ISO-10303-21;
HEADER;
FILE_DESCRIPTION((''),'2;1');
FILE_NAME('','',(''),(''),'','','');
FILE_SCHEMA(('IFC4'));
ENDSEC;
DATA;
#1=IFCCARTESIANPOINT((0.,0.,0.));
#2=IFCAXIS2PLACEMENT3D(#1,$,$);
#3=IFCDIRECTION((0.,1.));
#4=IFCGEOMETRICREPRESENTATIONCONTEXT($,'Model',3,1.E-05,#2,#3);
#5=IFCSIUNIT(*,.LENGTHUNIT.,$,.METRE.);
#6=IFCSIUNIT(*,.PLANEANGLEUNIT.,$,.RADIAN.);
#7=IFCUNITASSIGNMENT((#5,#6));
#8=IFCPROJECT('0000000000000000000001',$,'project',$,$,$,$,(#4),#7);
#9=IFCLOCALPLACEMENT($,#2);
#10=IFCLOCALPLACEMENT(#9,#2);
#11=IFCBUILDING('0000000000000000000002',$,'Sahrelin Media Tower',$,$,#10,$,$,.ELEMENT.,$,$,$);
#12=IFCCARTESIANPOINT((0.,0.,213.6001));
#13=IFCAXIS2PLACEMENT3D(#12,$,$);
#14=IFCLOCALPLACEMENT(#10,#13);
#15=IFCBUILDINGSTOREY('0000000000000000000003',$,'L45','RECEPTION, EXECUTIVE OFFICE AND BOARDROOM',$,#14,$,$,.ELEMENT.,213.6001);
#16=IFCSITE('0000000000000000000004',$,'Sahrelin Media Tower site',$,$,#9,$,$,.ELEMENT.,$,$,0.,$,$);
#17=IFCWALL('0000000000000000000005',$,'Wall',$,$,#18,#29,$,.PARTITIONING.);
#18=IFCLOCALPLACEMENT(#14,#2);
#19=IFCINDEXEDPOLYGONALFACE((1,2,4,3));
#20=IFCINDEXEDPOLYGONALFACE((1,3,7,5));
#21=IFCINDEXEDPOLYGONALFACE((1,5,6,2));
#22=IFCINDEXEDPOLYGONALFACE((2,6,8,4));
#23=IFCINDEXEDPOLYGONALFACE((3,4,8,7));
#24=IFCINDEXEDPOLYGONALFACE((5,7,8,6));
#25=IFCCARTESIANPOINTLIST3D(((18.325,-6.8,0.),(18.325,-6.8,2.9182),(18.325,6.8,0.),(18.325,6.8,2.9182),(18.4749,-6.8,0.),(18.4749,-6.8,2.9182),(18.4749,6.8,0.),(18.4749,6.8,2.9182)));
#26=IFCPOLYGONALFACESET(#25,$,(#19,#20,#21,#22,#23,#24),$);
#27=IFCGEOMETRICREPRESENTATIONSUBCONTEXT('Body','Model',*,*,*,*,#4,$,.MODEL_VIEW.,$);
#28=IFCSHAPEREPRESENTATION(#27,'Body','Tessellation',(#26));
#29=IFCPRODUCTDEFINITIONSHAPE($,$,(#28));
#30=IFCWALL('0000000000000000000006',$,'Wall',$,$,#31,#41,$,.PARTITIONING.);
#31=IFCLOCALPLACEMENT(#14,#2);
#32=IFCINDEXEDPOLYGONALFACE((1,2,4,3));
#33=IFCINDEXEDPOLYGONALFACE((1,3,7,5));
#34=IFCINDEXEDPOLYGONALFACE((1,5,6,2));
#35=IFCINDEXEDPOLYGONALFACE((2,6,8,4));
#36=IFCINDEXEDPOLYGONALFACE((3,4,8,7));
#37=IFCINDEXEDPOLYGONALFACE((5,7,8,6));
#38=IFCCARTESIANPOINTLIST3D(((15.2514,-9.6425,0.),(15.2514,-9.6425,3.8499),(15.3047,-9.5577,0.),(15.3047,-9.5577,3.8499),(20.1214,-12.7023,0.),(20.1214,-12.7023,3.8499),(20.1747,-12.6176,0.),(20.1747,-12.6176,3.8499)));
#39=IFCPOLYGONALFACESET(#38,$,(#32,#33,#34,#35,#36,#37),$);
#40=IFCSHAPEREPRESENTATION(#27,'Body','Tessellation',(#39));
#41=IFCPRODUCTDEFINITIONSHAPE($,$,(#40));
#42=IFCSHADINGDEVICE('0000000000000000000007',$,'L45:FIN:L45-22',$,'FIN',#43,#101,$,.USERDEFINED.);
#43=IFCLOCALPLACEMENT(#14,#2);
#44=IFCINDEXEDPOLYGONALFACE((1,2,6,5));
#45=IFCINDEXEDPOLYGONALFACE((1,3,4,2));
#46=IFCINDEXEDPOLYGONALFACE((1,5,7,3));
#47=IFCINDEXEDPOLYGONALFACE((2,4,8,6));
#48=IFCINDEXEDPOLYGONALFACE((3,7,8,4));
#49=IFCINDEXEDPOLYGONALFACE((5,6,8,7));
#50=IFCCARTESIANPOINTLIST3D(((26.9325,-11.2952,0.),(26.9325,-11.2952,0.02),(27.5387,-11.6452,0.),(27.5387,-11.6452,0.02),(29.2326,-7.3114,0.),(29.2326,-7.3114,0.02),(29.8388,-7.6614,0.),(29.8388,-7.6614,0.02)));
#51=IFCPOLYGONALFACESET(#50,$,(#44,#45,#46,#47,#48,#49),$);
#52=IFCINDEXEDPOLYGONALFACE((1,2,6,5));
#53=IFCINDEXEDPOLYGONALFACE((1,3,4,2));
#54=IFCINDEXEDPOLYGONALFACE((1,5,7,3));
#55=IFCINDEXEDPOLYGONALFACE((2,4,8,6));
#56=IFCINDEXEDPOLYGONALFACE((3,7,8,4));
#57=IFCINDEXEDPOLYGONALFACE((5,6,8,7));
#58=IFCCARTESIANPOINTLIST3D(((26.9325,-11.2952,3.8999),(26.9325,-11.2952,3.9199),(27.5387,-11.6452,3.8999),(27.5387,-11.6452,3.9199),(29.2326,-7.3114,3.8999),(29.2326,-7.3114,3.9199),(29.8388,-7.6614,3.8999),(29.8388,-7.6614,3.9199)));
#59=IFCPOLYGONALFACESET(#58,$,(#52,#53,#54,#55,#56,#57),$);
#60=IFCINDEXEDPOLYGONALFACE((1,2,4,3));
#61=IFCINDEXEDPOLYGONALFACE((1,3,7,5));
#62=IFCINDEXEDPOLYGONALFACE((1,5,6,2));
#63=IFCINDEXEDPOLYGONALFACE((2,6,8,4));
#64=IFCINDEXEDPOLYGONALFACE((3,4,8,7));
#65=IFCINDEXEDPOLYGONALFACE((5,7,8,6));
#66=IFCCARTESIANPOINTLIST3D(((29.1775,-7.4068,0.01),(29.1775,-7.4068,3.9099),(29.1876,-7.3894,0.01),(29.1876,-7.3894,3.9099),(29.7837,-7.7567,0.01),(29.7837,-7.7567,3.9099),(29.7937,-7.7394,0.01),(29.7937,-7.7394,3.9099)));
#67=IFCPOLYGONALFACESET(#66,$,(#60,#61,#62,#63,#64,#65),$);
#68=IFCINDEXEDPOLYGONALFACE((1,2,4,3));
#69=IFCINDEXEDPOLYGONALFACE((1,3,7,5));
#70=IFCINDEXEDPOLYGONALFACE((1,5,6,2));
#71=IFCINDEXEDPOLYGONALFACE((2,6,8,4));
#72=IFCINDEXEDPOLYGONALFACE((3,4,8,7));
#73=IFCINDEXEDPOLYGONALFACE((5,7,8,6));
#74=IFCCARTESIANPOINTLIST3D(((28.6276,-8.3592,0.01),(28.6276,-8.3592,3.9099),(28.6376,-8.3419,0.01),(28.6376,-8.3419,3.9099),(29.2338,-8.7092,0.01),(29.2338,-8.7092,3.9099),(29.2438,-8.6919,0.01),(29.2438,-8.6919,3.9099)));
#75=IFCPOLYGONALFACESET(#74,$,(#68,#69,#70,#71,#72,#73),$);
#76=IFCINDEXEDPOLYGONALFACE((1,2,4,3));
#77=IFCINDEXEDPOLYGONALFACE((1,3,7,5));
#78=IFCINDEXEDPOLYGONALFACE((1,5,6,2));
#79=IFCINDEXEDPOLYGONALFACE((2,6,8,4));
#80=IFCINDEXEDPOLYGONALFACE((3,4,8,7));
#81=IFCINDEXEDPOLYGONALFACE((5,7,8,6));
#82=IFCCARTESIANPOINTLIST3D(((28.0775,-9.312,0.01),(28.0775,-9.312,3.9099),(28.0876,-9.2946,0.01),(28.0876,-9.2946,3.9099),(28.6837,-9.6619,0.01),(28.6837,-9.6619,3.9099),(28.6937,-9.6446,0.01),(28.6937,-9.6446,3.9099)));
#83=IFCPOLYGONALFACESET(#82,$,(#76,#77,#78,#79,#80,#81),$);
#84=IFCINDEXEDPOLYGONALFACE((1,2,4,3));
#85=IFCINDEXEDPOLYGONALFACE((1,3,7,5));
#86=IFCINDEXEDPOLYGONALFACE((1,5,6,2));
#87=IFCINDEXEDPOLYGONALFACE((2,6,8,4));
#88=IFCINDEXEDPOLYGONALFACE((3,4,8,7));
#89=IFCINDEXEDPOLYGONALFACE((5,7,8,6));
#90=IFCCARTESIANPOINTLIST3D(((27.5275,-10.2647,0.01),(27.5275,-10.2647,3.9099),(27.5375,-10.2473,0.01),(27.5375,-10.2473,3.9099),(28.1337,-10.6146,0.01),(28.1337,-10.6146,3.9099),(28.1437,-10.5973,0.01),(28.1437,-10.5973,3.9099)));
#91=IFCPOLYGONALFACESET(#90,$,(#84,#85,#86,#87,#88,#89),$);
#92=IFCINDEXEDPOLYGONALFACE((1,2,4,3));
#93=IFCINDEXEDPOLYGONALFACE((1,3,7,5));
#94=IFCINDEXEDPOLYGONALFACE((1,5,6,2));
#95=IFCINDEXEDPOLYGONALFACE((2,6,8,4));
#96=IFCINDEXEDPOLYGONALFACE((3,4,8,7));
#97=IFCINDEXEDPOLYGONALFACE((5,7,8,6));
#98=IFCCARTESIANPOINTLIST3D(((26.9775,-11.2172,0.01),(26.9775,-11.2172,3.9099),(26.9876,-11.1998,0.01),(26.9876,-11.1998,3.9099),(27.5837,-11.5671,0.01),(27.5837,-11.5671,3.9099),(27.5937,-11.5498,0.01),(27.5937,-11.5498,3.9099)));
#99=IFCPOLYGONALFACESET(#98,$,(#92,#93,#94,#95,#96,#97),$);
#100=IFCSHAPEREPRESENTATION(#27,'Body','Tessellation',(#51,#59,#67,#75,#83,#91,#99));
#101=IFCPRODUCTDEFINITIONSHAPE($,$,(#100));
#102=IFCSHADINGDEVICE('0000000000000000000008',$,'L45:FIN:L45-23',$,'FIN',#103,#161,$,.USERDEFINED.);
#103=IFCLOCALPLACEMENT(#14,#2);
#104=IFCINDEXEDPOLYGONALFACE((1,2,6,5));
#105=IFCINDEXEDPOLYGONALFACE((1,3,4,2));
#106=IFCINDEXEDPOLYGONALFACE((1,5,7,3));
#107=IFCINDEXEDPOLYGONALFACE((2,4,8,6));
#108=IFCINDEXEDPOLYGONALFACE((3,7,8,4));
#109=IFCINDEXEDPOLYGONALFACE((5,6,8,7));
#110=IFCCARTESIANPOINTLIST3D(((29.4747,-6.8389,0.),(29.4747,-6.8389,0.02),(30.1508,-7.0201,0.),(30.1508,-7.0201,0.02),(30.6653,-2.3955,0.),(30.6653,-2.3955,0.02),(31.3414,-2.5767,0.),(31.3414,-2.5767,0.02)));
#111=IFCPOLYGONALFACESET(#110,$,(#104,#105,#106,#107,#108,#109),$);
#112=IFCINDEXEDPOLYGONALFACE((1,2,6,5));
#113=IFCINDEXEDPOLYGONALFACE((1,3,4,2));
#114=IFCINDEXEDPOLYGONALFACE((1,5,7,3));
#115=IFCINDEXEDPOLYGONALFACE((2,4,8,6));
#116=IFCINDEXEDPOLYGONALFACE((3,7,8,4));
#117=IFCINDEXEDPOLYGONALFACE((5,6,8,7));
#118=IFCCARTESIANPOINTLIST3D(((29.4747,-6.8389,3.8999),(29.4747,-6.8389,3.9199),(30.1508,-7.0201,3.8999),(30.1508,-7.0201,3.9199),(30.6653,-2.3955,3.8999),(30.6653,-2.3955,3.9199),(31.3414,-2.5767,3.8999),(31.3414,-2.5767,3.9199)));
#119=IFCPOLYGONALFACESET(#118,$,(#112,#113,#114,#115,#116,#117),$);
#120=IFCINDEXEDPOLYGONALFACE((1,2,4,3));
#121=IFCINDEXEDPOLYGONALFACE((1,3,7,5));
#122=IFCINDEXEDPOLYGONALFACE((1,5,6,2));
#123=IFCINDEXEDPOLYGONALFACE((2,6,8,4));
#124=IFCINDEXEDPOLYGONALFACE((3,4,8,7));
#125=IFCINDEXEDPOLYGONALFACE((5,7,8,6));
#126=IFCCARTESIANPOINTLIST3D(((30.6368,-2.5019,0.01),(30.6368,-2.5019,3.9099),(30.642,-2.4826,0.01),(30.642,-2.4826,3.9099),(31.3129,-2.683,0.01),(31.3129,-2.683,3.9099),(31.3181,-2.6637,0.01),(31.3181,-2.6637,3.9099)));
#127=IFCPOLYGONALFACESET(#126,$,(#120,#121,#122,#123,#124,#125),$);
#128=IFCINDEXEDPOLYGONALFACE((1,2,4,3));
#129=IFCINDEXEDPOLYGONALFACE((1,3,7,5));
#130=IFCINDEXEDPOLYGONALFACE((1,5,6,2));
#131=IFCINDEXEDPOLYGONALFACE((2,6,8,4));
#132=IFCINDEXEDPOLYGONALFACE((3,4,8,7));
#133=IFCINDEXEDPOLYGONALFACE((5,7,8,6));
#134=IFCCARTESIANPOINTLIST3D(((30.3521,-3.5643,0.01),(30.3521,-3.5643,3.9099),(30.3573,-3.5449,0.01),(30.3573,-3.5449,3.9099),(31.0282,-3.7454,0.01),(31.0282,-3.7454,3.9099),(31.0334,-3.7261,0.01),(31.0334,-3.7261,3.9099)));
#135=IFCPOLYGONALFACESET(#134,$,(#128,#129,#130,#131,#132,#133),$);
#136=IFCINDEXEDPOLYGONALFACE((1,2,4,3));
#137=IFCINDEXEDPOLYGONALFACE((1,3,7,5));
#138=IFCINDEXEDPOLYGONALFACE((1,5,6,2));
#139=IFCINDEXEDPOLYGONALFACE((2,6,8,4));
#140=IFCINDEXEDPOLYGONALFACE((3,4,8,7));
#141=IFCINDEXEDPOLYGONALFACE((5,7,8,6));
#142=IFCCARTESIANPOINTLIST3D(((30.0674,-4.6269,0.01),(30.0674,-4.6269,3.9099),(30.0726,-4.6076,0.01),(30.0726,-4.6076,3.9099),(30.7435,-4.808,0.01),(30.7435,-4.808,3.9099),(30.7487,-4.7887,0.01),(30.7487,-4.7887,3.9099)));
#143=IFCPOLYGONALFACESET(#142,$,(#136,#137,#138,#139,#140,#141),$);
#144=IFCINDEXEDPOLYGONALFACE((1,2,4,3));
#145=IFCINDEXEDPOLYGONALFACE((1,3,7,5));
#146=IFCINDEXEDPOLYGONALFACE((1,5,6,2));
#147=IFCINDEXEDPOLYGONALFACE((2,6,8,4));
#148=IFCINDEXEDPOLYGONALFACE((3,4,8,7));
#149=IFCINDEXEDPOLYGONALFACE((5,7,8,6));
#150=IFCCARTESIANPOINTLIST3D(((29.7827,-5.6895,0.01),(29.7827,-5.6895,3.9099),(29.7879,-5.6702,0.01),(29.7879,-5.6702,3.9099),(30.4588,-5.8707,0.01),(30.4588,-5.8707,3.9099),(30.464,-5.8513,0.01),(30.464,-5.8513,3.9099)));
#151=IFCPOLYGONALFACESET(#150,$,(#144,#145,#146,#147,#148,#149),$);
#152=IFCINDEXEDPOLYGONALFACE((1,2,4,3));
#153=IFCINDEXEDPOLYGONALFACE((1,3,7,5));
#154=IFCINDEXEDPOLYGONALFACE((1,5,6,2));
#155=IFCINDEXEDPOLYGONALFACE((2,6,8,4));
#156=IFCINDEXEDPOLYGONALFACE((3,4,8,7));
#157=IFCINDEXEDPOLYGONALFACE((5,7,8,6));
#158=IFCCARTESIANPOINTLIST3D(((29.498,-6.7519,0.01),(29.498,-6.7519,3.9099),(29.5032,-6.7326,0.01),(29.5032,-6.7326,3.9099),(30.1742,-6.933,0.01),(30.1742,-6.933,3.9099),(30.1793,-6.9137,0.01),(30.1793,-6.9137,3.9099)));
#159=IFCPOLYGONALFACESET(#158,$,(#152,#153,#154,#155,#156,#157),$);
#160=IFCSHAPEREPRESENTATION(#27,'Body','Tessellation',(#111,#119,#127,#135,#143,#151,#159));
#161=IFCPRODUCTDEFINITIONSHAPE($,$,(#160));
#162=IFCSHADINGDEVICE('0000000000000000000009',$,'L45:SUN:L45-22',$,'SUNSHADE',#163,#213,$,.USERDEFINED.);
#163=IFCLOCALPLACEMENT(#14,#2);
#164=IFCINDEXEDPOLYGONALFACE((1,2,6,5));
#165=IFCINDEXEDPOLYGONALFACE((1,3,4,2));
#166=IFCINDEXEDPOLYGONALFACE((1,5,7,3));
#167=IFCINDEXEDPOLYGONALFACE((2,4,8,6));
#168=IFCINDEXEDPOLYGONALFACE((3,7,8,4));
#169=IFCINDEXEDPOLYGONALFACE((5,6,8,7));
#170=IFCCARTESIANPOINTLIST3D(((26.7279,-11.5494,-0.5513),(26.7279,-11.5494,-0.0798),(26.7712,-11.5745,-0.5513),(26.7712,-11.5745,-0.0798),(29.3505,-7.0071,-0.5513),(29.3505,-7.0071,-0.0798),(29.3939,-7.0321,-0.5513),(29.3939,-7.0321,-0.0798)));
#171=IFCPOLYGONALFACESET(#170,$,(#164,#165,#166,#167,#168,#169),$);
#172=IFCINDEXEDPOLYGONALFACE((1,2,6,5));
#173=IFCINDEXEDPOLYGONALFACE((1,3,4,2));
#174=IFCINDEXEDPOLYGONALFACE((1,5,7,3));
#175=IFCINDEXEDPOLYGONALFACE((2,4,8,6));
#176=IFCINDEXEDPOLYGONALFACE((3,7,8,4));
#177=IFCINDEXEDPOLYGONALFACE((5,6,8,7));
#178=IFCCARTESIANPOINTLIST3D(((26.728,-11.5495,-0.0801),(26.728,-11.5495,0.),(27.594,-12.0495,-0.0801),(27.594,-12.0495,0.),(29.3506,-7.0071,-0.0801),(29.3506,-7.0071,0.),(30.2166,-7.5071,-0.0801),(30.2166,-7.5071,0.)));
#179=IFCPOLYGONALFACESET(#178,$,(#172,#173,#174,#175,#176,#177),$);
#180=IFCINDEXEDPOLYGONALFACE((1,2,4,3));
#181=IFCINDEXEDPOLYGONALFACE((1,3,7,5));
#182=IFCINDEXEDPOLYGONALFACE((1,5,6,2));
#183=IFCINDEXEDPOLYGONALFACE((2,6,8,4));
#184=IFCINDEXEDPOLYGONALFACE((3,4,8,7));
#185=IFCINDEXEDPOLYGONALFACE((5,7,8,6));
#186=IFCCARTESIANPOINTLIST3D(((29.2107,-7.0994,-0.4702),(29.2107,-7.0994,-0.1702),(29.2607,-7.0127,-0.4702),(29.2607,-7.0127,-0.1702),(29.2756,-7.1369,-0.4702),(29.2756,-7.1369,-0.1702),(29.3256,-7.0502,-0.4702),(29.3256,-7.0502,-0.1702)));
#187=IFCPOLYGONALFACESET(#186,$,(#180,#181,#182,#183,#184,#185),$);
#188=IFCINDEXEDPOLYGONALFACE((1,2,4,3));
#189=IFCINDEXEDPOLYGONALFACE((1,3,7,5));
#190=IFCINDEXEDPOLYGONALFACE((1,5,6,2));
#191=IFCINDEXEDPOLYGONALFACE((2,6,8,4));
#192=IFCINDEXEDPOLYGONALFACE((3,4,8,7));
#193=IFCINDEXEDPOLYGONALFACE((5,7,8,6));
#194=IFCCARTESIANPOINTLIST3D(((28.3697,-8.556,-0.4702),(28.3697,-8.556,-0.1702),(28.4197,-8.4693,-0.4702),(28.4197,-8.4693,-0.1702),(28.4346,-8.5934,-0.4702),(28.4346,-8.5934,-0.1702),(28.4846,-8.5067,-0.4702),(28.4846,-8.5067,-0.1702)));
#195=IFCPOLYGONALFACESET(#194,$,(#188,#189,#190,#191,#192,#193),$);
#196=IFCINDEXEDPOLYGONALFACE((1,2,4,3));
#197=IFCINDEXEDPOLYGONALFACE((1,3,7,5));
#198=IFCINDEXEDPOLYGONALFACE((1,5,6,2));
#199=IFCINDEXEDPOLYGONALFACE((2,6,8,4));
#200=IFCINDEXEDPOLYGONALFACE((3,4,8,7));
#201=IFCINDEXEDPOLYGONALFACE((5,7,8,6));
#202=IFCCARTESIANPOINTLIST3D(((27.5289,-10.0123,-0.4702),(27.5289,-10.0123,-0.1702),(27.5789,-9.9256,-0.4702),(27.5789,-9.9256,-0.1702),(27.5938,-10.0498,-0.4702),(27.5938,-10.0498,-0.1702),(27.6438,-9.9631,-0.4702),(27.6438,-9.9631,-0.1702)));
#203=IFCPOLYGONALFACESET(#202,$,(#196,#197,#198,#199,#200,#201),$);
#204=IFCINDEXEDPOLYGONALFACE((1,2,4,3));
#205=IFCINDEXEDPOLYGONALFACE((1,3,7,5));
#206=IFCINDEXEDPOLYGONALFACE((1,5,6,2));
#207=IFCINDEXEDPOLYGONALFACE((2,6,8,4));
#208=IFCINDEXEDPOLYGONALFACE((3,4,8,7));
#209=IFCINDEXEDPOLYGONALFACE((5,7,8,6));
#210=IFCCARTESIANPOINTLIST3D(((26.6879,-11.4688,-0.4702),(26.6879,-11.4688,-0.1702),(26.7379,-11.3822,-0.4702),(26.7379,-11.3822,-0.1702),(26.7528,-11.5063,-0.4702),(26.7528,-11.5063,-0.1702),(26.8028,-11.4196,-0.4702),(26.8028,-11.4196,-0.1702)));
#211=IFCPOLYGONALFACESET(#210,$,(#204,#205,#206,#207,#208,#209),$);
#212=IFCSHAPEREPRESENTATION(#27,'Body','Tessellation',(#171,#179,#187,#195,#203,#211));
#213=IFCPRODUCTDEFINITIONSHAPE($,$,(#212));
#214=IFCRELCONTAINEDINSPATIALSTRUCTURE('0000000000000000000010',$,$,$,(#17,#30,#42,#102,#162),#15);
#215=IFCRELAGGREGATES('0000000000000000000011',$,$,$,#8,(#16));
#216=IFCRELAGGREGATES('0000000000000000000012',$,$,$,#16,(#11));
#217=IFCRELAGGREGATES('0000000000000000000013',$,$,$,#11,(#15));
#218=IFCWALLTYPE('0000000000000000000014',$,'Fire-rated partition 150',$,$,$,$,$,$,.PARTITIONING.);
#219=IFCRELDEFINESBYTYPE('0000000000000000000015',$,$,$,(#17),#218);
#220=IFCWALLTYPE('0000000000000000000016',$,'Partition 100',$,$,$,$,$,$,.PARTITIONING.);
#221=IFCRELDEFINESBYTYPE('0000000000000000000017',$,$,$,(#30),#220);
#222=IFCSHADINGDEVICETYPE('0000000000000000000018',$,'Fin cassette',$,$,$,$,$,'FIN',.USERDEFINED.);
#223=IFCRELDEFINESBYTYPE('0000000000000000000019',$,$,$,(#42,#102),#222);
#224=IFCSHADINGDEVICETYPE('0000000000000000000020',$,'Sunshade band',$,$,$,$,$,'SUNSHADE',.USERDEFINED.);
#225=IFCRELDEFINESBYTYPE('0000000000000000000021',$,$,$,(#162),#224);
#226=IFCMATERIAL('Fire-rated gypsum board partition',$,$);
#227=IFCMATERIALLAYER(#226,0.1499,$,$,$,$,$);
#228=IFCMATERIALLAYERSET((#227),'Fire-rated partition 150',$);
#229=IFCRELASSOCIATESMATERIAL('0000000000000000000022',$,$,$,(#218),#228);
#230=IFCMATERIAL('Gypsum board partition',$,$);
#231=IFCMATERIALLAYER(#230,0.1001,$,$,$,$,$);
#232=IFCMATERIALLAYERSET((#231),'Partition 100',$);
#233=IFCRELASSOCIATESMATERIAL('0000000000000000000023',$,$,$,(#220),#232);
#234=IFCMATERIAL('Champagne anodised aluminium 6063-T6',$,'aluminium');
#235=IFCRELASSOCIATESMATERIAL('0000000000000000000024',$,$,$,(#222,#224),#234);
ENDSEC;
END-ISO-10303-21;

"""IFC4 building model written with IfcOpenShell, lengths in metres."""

from ifc_helpers import new_model, si_unit, direction, frame, frame_2d, origin, origin_2d, place, context, subcontext, project, spatial, rectangle, extrude, material, layer, layer_set, type_object, element, save


model = new_model("IFC4")

# Units and contexts
model_context = context("Model", 3, precision=1e-05, world=origin(), true_north=direction((0.0, 1.0)))
body_context = subcontext(model_context, "Body", "Model", "MODEL_VIEW")
ifc_project = project(units=[si_unit("LENGTHUNIT", "METRE"), si_unit("PLANEANGLEUNIT", "RADIAN")], contexts=[model_context])

# Site, building, storey
site_placement = place(None, origin())
site = spatial("IfcSite", under=ifc_project, at=site_placement, Name="Sahrelin Media Tower site", CompositionType="ELEMENT", RefElevation=0.0)
building_placement = place(site_placement, origin())
building = spatial("IfcBuilding", under=site, at=building_placement, Name="Sahrelin Media Tower", CompositionType="ELEMENT")
storey_placement = place(building_placement, frame((0.0, 0.0, 213.6001)))
storey = spatial("IfcBuildingStorey", under=building, at=storey_placement, Name="L45", Description="RECEPTION, EXECUTIVE OFFICE AND BOARDROOM", CompositionType="ELEMENT", Elevation=213.6001)

# Shared definitions
ifc_material_1 = material(Name="Champagne anodised aluminium 6063-T6", Category="aluminium")

# Walls
ifc_material_2 = material(Name="Fire-rated gypsum board partition")
ifc_layer_1 = layer(ifc_material_2, 0.1499)
ifc_layer_set_1 = layer_set([ifc_layer_1], Name="Fire-rated partition 150")
wall_type_1 = type_object("IfcWallType", Name="Fire-rated partition 150", PredefinedType="PARTITIONING", material=ifc_layer_set_1)
wall_1_placement = place(storey_placement, frame((18.3999, -6.8, 0.0), z_axis=(0.0, 0.0, 1.0), x_axis=(0.0, 1.0, 0.0)))
element("IfcWall", 1, at=wall_1_placement, inside=storey, type_object=wall_type_1, Name="Wall", PredefinedType="PARTITIONING", context=body_context, shape_type="SweptSolid", body=[
    extrude(rectangle(XDim=13.6001, YDim=0.1499, at=frame_2d((6.8, 0.0))), origin(), (0.0, 0.0, 1.0), 2.9182),
])
ifc_material_3 = material(Name="Gypsum board partition")
ifc_layer_2 = layer(ifc_material_3, 0.1001)
ifc_layer_set_2 = layer_set([ifc_layer_2], Name="Partition 100")
wall_type_2 = type_object("IfcWallType", Name="Partition 100", PredefinedType="PARTITIONING", material=ifc_layer_set_2)
wall_2_placement = place(storey_placement, frame((15.2781, -9.6001, 0.0), z_axis=(0.0, 0.0, 1.0), x_axis=(0.846734, -0.532016, 0.0)))
element("IfcWall", 2, at=wall_2_placement, inside=storey, type_object=wall_type_2, Name="Wall", PredefinedType="PARTITIONING", context=body_context, shape_type="SweptSolid", body=[
    extrude(rectangle(XDim=5.7515, YDim=0.1001, at=frame_2d((2.8757, 0.0))), origin(), (0.0, 0.0, 1.0), 3.8499),
])

# Shading devices
shading_device_type_1 = type_object("IfcShadingDeviceType", Name="Fin cassette", ElementType="FIN", PredefinedType="USERDEFINED", material=ifc_material_1)
placement_1 = place(storey_placement, frame((28.022, -9.2683, 0.0), z_axis=(0.0, 0.0, 1.0), x_axis=(-0.500011, -0.866019, 0.0)))
element("IfcShadingDevice", 3, at=placement_1, inside=storey, type_object=shading_device_type_1, Name="L45:FIN:L45-22", ObjectType="FIN", PredefinedType="USERDEFINED", context=body_context, shape_type="SweptSolid", body=[
    extrude(rectangle(XDim=4.6001, YDim=0.7, at=origin_2d()), frame((0.0, 0.4199, 0.0)), (0.0, 0.0, 1.0), 0.02),
    extrude(rectangle(XDim=4.6001, YDim=0.7, at=origin_2d()), frame((0.0, 0.4199, 3.8999)), (0.0, 0.0, 1.0), 0.02),
    extrude(rectangle(XDim=0.02, YDim=0.7, at=origin_2d()), frame((-2.2, 0.4199, 0.01), z_axis=(0.0, 0.0, 1.0), x_axis=(1.0, 0.0, 0.0)), (0.0, 0.0, 1.0), 3.8999),
    extrude(rectangle(XDim=0.02, YDim=0.7, at=origin_2d()), frame((-1.1001, 0.4199, 0.01), z_axis=(0.0, 0.0, 1.0), x_axis=(1.0, 0.0, 0.0)), (0.0, 0.0, 1.0), 3.8999),
    extrude(rectangle(XDim=0.02, YDim=0.7, at=origin_2d()), frame((0.0, 0.4199, 0.01), z_axis=(0.0, 0.0, 1.0), x_axis=(1.0, 0.0, 0.0)), (0.0, 0.0, 1.0), 3.8999),
    extrude(rectangle(XDim=0.02, YDim=0.7, at=origin_2d()), frame((1.1001, 0.4199, 0.01), z_axis=(0.0, 0.0, 1.0), x_axis=(1.0, 0.0, 0.0)), (0.0, 0.0, 1.0), 3.8999),
    extrude(rectangle(XDim=0.02, YDim=0.7, at=origin_2d()), frame((2.2, 0.4199, 0.01), z_axis=(0.0, 0.0, 1.0), x_axis=(1.0, 0.0, 0.0)), (0.0, 0.0, 1.0), 3.8999),
])
placement_2 = place(storey_placement, frame((30.0024, -4.5991, 0.0), z_axis=(0.0, 0.0, 1.0), x_axis=(-0.258808, -0.965929, 0.0)))
element("IfcShadingDevice", 4, at=placement_2, inside=storey, type_object=shading_device_type_1, Name="L45:FIN:L45-23", ObjectType="FIN", PredefinedType="USERDEFINED", context=body_context, shape_type="SweptSolid", body=[
    extrude(rectangle(XDim=4.6001, YDim=0.7, at=origin_2d()), frame((0.0, 0.4199, 0.0)), (0.0, 0.0, 1.0), 0.02),
    extrude(rectangle(XDim=4.6001, YDim=0.7, at=origin_2d()), frame((0.0, 0.4199, 3.8999)), (0.0, 0.0, 1.0), 0.02),
    extrude(rectangle(XDim=0.02, YDim=0.7, at=origin_2d()), frame((-2.2, 0.4199, 0.01), z_axis=(0.0, 0.0, 1.0), x_axis=(1.0, 0.0, 0.0)), (0.0, 0.0, 1.0), 3.8999),
    extrude(rectangle(XDim=0.02, YDim=0.7, at=origin_2d()), frame((-1.1001, 0.4199, 0.01), z_axis=(0.0, 0.0, 1.0), x_axis=(1.0, 0.0, 0.0)), (0.0, 0.0, 1.0), 3.8999),
    extrude(rectangle(XDim=0.02, YDim=0.7, at=origin_2d()), frame((0.0, 0.4199, 0.01), z_axis=(0.0, 0.0, 1.0), x_axis=(1.0, 0.0, 0.0)), (0.0, 0.0, 1.0), 3.8999),
    extrude(rectangle(XDim=0.02, YDim=0.7, at=origin_2d()), frame((1.1001, 0.4199, 0.01), z_axis=(0.0, 0.0, 1.0), x_axis=(1.0, 0.0, 0.0)), (0.0, 0.0, 1.0), 3.8999),
    extrude(rectangle(XDim=0.02, YDim=0.7, at=origin_2d()), frame((2.2, 0.4199, 0.01), z_axis=(0.0, 0.0, 1.0), x_axis=(1.0, 0.0, 0.0)), (0.0, 0.0, 1.0), 3.8999),
])
shading_device_type_2 = type_object("IfcShadingDeviceType", Name="Sunshade band", ElementType="SUNSHADE", PredefinedType="USERDEFINED", material=ifc_material_1)
element("IfcShadingDevice", 5, at=placement_1, inside=storey, type_object=shading_device_type_2, Name="L45:SUN:L45-22", ObjectType="SUNSHADE", PredefinedType="USERDEFINED", context=body_context, shape_type="SweptSolid", body=[
    extrude(rectangle(XDim=5.2451, YDim=0.05, at=origin_2d()), frame((0.0, 0.0449, -0.5513)), (0.0, 0.0, 1.0), 0.4714),
    extrude(rectangle(XDim=5.2451, YDim=1.0, at=origin_2d()), frame((0.0, 0.52, -0.0801)), (0.0, 0.0, 1.0), 0.0801),
    extrude(rectangle(XDim=0.1001, YDim=0.075, at=origin_2d()), frame((-2.5227, -0.0176, -0.4702)), (0.0, 0.0, 1.0), 0.3),
    extrude(rectangle(XDim=0.1001, YDim=0.075, at=origin_2d()), frame((-0.8408, -0.0176, -0.4702)), (0.0, 0.0, 1.0), 0.3),
    extrude(rectangle(XDim=0.1001, YDim=0.075, at=origin_2d()), frame((0.8408, -0.0176, -0.4702)), (0.0, 0.0, 1.0), 0.3),
    extrude(rectangle(XDim=0.1001, YDim=0.075, at=origin_2d()), frame((2.5227, -0.0176, -0.4702)), (0.0, 0.0, 1.0), 0.3),
])

save(model, "model.ifc")
